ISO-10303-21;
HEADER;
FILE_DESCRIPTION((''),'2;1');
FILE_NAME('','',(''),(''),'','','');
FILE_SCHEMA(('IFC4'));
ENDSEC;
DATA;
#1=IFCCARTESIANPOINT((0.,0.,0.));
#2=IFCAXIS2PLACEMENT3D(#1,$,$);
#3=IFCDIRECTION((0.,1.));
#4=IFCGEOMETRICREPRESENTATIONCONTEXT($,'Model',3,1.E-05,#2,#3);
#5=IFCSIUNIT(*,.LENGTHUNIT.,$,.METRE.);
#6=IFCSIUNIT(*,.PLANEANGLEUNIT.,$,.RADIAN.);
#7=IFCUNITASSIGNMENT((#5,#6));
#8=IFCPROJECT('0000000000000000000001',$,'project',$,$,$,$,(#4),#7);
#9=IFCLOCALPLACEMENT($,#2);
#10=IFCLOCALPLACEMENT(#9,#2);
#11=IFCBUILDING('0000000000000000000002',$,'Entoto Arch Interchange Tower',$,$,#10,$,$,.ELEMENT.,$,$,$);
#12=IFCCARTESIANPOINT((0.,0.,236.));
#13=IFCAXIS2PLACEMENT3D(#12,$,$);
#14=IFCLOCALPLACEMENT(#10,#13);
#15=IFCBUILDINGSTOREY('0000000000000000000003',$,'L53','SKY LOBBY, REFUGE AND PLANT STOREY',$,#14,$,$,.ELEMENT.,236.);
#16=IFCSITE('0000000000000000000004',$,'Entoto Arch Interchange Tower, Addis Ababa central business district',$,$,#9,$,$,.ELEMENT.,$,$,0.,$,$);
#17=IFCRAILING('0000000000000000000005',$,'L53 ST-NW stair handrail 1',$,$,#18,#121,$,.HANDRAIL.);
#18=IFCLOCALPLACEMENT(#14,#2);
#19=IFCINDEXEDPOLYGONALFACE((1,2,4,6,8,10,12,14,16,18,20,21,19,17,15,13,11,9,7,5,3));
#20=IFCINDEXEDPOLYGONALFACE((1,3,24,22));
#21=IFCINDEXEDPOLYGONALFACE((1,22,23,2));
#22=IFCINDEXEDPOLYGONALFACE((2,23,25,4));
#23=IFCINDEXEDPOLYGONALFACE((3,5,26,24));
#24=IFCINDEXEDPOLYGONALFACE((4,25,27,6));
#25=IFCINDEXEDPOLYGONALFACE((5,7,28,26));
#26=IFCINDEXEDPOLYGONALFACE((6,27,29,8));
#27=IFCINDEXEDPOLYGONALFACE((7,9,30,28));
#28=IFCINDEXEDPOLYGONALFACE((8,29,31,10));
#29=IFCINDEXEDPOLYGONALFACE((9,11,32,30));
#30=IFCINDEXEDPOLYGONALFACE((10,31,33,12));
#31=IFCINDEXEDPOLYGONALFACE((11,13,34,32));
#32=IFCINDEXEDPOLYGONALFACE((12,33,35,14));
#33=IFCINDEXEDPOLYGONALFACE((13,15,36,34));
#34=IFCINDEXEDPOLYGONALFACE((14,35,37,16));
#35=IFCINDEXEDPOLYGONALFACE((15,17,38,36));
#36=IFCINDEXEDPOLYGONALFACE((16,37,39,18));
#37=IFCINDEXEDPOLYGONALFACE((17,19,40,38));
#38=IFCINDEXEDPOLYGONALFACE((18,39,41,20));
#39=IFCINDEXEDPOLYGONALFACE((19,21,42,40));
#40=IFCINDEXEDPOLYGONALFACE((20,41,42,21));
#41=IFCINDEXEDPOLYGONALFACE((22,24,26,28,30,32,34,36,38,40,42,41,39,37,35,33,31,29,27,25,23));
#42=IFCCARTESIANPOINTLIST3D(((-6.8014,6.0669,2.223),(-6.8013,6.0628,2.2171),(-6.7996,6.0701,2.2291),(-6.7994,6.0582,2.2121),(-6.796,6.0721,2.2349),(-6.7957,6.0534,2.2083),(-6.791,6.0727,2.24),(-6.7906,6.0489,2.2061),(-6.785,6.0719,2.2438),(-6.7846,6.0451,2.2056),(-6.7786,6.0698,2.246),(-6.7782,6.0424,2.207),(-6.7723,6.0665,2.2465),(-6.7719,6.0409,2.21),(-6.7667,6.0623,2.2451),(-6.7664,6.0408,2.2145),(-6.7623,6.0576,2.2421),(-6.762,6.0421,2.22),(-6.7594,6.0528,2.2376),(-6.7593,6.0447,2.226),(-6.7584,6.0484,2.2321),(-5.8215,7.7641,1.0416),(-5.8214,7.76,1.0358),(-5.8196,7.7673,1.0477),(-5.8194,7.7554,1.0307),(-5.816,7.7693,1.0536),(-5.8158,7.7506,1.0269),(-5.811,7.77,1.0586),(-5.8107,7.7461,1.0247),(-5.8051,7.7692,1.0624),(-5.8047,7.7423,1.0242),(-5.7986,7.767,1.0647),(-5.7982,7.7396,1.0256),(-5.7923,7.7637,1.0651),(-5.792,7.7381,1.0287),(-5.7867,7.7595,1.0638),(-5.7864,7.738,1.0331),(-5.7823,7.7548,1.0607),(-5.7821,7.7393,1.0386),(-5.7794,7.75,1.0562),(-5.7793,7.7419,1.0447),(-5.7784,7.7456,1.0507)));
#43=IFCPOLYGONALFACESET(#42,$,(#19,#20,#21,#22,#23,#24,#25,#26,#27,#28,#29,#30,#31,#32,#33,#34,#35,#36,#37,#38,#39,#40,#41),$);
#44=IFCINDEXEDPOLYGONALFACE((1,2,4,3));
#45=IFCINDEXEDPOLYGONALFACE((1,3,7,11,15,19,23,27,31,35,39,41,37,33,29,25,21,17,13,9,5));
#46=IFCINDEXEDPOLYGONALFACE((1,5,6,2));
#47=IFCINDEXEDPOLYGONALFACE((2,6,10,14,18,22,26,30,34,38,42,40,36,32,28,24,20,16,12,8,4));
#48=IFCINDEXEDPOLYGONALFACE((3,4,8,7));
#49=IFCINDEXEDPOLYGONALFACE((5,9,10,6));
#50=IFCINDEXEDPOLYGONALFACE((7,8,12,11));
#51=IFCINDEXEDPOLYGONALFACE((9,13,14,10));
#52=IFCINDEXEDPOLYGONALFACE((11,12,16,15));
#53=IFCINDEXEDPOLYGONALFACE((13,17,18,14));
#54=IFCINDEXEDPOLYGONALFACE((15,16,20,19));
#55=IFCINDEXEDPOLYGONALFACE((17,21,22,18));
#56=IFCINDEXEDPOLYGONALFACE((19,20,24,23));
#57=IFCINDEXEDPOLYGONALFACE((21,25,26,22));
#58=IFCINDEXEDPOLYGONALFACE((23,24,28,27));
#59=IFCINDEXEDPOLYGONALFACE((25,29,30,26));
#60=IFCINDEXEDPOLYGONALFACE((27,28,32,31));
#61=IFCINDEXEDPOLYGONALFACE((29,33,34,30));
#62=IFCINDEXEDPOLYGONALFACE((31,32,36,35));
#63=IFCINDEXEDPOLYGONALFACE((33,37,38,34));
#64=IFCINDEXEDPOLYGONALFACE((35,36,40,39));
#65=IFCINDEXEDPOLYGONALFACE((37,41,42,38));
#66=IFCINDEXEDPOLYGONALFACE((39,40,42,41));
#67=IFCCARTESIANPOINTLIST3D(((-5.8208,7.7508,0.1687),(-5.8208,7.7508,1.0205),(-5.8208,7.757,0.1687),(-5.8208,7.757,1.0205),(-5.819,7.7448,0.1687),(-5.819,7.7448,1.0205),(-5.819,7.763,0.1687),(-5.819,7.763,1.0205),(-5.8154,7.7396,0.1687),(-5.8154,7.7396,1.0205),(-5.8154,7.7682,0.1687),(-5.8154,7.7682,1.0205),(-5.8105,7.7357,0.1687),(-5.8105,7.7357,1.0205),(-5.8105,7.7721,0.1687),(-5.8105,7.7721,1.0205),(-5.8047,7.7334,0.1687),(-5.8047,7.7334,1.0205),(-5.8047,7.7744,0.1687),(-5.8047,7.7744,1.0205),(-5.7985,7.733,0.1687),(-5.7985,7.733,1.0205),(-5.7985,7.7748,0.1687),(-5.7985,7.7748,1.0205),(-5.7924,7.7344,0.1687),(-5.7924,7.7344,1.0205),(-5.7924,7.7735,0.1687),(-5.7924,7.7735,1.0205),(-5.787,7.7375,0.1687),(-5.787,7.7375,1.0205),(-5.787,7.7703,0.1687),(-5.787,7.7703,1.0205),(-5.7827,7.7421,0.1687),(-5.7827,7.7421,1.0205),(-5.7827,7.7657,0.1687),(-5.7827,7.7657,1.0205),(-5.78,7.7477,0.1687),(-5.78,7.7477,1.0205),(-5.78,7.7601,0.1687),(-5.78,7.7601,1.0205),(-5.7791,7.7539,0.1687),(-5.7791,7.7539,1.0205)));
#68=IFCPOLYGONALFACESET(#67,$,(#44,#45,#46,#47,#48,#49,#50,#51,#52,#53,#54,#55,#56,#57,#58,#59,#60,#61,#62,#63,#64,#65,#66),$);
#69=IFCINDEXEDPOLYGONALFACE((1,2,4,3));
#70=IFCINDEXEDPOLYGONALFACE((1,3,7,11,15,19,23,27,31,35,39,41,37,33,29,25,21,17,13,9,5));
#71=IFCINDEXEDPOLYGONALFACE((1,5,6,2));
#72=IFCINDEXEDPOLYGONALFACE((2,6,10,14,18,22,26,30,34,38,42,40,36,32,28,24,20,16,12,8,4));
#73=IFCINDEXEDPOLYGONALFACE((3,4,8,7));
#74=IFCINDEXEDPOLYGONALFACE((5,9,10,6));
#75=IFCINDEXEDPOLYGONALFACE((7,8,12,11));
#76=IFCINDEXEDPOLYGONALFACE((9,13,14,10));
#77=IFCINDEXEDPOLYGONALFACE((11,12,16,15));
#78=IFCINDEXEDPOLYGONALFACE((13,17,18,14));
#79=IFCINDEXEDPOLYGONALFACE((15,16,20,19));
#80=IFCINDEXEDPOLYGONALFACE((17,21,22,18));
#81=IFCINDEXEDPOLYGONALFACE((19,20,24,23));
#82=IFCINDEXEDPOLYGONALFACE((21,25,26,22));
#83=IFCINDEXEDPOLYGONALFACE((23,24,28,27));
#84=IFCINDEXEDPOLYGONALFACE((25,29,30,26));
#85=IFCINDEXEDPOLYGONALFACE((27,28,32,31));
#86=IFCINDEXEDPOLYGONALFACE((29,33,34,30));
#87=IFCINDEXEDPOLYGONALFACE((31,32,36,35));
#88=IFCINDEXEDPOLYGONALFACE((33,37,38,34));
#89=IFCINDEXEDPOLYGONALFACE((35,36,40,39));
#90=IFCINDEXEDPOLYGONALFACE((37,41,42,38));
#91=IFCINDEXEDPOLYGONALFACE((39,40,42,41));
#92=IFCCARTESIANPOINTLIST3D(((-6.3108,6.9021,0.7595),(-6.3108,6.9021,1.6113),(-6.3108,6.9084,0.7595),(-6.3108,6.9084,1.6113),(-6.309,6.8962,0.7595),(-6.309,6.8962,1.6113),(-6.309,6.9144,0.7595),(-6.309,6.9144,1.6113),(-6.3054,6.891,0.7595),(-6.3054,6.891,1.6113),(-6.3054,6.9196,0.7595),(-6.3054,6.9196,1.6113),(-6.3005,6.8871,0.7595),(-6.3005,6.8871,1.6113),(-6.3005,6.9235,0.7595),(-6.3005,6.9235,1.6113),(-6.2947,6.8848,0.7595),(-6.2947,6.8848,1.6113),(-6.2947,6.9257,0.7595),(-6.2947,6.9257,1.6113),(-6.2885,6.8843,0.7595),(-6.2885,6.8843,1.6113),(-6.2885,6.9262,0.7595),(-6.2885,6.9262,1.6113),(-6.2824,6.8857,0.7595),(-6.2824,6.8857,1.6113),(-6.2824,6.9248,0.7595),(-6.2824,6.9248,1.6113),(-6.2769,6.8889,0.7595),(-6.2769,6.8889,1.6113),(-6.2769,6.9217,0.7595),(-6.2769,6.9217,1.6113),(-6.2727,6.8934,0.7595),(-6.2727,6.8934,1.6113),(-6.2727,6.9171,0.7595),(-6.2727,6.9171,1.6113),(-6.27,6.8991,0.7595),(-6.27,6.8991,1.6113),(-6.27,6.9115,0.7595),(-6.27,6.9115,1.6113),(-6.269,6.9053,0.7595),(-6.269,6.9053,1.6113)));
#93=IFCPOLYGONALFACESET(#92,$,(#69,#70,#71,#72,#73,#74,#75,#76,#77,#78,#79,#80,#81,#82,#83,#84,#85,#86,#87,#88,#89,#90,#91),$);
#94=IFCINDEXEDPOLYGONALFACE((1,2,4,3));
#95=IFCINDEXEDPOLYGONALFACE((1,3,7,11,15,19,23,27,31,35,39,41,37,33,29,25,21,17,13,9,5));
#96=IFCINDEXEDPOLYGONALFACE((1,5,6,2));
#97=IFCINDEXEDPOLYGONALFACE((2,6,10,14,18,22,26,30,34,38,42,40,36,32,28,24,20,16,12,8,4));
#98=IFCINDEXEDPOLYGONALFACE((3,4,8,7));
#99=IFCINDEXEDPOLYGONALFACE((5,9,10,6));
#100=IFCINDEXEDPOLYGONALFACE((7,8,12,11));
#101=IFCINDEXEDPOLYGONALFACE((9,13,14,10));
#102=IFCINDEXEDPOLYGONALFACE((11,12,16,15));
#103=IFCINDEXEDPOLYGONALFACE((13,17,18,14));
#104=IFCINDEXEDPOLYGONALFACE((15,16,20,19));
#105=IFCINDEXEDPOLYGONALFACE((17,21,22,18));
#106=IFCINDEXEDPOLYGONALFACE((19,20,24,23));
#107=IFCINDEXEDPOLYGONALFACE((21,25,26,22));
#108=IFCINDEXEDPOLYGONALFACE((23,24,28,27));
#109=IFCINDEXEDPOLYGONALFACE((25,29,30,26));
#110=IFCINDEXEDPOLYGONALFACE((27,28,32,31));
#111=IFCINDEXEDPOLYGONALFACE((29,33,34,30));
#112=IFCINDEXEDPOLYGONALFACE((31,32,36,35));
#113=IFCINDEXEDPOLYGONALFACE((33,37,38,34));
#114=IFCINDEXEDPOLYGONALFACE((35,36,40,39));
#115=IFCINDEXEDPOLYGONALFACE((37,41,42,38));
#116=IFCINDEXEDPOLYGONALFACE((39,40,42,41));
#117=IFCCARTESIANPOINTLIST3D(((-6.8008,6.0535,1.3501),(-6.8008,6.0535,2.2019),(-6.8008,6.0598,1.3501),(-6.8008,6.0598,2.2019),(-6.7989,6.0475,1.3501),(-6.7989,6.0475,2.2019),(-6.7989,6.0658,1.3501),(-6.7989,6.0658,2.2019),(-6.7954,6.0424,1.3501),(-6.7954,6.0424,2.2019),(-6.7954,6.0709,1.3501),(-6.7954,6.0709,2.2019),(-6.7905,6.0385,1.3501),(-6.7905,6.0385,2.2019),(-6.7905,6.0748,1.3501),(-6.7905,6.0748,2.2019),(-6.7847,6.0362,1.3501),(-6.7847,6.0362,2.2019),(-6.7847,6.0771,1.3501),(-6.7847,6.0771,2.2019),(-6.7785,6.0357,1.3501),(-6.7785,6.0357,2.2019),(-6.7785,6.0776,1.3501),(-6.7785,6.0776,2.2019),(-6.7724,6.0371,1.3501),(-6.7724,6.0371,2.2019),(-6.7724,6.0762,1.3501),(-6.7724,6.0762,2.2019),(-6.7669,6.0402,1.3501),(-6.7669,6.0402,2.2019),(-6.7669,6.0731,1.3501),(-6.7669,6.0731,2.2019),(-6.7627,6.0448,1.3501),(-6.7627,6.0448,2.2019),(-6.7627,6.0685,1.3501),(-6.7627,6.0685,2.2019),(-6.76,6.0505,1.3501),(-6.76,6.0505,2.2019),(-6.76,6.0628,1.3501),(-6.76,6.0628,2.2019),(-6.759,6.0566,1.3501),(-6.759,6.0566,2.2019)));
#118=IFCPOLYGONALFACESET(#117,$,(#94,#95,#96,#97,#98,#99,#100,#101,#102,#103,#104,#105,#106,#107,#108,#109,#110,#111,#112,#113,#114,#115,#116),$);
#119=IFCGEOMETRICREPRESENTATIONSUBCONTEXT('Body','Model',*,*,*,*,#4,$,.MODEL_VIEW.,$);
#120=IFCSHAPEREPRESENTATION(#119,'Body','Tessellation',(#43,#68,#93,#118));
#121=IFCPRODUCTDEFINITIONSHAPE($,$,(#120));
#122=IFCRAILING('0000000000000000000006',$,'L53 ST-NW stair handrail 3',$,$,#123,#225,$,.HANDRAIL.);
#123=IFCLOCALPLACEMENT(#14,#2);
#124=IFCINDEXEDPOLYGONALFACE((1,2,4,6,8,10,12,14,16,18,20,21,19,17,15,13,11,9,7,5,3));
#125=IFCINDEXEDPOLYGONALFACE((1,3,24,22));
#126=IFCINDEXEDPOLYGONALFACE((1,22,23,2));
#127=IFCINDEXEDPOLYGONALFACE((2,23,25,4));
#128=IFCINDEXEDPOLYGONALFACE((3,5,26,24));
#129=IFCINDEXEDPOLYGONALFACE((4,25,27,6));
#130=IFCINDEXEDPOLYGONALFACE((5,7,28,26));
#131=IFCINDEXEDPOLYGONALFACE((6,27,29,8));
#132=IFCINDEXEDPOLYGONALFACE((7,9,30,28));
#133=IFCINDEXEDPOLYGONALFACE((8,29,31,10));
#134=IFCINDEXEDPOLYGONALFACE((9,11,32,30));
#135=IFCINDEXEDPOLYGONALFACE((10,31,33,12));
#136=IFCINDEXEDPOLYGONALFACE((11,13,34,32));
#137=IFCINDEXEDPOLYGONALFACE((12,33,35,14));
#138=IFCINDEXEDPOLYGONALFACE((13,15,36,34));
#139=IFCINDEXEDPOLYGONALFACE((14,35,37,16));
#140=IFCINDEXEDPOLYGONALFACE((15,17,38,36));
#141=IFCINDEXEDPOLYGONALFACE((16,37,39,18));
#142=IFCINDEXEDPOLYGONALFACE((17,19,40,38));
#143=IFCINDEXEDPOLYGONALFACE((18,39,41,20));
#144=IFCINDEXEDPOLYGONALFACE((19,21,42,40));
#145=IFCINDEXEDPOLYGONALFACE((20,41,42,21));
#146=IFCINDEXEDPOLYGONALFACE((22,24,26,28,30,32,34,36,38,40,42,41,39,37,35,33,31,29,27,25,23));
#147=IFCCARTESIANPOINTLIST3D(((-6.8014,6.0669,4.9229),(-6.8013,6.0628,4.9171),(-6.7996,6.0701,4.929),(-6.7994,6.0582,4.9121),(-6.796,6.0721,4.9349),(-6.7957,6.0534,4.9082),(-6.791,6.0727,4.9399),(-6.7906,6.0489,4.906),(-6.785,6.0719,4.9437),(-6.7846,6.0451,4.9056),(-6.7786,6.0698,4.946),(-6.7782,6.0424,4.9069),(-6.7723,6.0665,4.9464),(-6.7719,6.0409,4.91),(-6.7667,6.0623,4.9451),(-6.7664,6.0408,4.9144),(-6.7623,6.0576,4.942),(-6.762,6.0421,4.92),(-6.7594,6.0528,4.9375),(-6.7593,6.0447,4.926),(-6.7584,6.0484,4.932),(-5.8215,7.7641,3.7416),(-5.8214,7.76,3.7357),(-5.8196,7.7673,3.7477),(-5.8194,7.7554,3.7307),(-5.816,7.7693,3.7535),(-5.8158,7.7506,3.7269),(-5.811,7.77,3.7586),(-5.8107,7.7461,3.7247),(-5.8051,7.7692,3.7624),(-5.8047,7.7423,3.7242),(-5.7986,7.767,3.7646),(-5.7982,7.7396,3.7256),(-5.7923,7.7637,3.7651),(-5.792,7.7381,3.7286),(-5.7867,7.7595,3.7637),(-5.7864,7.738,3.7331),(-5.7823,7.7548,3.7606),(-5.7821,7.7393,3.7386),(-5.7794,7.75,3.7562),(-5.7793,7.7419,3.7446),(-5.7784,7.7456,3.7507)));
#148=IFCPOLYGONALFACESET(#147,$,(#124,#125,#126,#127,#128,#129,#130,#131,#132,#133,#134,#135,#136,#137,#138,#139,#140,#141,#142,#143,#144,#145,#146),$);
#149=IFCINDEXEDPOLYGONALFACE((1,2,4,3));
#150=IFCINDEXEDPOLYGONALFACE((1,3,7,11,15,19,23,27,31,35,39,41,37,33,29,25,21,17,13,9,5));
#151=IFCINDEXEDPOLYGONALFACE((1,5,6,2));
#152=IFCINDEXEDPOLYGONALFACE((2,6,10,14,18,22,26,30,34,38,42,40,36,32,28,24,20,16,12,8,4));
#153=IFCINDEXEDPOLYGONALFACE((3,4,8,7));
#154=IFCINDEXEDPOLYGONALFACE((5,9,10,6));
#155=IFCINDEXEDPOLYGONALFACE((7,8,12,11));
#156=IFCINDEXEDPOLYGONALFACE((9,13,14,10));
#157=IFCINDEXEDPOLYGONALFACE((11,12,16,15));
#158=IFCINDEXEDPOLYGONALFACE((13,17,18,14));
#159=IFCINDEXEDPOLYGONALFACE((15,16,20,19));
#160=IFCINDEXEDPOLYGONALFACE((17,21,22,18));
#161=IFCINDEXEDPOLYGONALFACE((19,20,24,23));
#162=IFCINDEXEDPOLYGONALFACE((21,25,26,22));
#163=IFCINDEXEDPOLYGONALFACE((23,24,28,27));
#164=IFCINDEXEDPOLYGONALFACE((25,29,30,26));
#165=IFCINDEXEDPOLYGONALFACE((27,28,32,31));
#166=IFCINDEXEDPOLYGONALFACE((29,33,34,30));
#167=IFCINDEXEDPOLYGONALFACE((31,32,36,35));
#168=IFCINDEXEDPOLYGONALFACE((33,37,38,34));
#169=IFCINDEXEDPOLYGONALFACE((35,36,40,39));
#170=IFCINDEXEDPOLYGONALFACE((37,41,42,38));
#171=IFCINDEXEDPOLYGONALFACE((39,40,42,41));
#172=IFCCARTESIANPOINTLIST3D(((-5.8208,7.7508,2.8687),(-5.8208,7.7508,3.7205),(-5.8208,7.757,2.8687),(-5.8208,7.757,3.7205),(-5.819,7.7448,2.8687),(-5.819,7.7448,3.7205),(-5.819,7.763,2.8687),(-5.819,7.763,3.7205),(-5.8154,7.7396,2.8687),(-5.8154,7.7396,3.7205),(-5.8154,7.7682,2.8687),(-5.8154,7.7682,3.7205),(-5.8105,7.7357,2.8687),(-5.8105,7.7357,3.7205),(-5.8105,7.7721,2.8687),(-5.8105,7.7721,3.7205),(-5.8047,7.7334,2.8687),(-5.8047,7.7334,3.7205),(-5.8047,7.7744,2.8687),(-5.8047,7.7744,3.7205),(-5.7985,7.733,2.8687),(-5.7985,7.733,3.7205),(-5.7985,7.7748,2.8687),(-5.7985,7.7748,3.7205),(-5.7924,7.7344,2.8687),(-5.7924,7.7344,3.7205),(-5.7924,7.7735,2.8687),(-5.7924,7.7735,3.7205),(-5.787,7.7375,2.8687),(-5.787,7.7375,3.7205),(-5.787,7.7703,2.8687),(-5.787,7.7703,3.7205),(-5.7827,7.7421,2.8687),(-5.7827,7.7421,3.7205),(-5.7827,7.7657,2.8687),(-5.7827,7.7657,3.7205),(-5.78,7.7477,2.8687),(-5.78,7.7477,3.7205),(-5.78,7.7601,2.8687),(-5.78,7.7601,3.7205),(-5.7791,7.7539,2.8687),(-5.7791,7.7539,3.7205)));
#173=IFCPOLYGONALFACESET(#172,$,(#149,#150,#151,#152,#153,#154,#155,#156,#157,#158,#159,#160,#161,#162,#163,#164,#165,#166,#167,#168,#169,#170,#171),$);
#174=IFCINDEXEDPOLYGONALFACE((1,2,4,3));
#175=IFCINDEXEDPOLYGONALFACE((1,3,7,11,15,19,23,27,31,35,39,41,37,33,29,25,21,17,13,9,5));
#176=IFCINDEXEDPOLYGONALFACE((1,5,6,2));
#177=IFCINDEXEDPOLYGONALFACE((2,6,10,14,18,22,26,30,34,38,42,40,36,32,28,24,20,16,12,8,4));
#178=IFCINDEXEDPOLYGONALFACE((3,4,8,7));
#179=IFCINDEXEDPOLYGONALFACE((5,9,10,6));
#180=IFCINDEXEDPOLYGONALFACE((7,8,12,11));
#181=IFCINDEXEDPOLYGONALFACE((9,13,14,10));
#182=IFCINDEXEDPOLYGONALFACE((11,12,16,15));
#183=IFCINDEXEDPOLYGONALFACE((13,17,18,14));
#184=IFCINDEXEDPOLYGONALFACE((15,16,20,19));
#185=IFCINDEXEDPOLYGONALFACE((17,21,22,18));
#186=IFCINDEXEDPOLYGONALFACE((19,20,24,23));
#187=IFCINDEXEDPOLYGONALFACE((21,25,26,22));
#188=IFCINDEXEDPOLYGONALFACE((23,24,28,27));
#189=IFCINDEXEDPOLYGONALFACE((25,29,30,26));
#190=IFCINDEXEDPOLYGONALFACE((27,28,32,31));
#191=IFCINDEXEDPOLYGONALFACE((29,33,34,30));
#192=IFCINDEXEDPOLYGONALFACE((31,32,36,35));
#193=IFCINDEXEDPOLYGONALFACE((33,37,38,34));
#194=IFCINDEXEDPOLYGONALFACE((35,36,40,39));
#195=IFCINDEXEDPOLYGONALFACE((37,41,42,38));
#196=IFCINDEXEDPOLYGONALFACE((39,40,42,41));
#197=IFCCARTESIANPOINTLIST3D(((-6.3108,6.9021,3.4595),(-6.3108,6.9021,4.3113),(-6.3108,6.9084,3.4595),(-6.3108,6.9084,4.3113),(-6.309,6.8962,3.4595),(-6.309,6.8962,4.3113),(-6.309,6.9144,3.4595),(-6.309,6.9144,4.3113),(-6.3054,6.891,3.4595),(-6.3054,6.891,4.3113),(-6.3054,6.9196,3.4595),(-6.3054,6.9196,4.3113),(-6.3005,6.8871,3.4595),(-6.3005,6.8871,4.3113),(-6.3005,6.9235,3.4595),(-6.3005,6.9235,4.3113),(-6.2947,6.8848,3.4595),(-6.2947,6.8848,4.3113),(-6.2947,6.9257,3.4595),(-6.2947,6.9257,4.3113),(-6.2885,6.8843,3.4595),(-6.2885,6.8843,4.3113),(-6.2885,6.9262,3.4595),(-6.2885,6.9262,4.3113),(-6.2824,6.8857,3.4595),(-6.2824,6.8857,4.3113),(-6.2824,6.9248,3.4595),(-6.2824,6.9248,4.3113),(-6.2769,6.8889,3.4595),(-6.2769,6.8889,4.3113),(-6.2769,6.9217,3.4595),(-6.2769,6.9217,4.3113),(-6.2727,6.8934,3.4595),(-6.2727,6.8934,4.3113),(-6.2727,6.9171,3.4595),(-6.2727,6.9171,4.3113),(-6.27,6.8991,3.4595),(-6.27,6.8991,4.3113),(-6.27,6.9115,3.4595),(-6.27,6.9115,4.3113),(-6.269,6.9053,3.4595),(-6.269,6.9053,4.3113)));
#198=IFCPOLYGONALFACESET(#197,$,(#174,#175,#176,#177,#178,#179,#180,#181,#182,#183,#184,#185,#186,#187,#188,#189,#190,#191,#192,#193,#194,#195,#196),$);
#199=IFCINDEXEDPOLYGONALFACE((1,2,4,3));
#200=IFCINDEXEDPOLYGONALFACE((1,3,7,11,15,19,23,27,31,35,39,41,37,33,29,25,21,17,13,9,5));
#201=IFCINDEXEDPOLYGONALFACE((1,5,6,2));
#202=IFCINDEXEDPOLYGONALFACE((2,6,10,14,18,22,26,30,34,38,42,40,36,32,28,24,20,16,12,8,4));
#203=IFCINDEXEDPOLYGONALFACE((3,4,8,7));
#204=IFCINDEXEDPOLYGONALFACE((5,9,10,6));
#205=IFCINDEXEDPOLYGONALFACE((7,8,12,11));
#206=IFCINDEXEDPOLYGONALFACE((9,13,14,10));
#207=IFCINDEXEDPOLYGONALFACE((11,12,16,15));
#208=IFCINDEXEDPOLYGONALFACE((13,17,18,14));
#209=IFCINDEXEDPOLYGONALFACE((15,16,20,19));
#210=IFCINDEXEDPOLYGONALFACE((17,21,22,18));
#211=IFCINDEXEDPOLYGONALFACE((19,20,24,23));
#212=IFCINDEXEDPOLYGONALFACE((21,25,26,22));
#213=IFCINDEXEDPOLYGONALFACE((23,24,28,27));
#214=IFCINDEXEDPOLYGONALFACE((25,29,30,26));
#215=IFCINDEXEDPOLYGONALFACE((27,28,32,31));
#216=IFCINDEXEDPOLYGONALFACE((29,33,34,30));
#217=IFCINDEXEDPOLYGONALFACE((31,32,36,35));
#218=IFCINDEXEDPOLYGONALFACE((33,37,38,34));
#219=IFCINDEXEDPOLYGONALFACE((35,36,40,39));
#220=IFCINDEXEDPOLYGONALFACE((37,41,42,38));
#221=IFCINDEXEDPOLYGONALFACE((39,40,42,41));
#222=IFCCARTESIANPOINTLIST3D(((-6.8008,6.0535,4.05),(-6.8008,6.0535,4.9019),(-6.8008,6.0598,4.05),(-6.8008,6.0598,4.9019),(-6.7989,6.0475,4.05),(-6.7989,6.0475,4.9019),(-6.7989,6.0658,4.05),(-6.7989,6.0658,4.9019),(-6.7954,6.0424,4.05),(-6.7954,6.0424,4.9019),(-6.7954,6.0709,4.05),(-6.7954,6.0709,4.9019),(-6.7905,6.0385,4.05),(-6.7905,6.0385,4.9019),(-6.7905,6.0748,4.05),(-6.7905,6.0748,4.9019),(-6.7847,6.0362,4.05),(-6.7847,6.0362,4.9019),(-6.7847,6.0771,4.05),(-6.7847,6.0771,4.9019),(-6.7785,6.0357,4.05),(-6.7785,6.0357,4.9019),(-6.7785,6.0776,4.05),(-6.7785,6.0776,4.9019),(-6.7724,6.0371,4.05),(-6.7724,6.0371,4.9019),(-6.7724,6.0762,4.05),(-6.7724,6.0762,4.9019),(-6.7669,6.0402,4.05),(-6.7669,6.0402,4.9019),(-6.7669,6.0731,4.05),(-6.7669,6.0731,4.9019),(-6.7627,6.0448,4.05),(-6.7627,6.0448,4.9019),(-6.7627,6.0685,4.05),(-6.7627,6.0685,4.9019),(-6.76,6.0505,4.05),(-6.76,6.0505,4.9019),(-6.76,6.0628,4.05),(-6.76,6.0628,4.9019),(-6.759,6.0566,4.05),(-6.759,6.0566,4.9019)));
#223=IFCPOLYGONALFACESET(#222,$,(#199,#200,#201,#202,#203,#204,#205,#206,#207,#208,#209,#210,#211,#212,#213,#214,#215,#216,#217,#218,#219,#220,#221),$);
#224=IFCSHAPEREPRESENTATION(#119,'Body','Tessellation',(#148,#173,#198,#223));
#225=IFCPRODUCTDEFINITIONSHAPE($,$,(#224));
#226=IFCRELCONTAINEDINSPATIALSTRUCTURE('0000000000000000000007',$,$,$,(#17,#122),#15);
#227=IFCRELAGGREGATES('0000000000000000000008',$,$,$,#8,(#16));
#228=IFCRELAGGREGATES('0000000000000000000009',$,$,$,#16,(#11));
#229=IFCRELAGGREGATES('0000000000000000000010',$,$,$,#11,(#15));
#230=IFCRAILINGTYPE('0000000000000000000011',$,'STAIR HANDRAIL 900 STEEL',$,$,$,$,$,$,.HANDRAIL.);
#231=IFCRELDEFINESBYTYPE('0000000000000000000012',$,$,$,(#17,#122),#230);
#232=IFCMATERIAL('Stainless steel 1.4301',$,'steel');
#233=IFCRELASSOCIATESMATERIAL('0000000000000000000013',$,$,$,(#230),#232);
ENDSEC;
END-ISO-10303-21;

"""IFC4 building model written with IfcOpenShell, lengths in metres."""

from ifc_helpers import new_model, si_unit, direction, frame, origin, origin_2d, place, context, subcontext, project, spatial, circle, extrude, material, type_object, element, save


model = new_model("IFC4")

# Units and contexts
model_context = context("Model", 3, precision=1e-05, world=origin(), true_north=direction((0.0, 1.0)))
body_context = subcontext(model_context, "Body", "Model", "MODEL_VIEW")
ifc_project = project(units=[si_unit("LENGTHUNIT", "METRE"), si_unit("PLANEANGLEUNIT", "RADIAN")], contexts=[model_context])

# Site, building, storey
site_placement = place(None, origin())
site = spatial("IfcSite", under=ifc_project, at=site_placement, Name="Entoto Arch Interchange Tower, Addis Ababa central business district", CompositionType="ELEMENT", RefElevation=0.0)
building_placement = place(site_placement, origin())
building = spatial("IfcBuilding", under=site, at=building_placement, Name="Entoto Arch Interchange Tower", CompositionType="ELEMENT")
storey_placement = place(building_placement, frame((0.0, 0.0, 236.0)))
storey = spatial("IfcBuildingStorey", under=building, at=storey_placement, Name="L53", Description="SKY LOBBY, REFUGE AND PLANT STOREY", CompositionType="ELEMENT", Elevation=236.0)

# Railings
ifc_material_1 = material(Name="Stainless steel 1.4301", Category="steel")
railing_type_1 = type_object("IfcRailingType", Name="STAIR HANDRAIL 900 STEEL", PredefinedType="HANDRAIL", material=ifc_material_1)
for number, where, name in (
    (1, (-5.8, 7.7539, 0.1687), "L53 ST-NW stair handrail 1"),
    (2, (-5.8, 7.7539, 2.8687), "L53 ST-NW stair handrail 3"),
):
    element("IfcRailing", number, at=place(storey_placement, frame(where)), inside=storey, type_object=railing_type_1, Name=name, PredefinedType="HANDRAIL", context=body_context, shape_type="SweptSolid", body=[
        extrude(circle(Radius=0.0239, at=origin_2d()), frame((0.0, 0.0, 0.876), z_axis=(-0.428238, -0.741683, 0.516255), x_axis=(0.866011, -0.500024, 0.0)), (0.0, 0.0, 1.0), 2.2883),
        extrude(circle(Radius=0.021, at=origin_2d()), origin(), (0.0, 0.0, 1.0), 0.8518),
        extrude(circle(Radius=0.021, at=origin_2d()), frame((-0.49, -0.8486, 0.5908)), (0.0, 0.0, 1.0), 0.8518),
        extrude(circle(Radius=0.021, at=origin_2d()), frame((-0.98, -1.6973, 1.1814)), (0.0, 0.0, 1.0), 0.8518),
    ])

save(model, "model.ifc")
